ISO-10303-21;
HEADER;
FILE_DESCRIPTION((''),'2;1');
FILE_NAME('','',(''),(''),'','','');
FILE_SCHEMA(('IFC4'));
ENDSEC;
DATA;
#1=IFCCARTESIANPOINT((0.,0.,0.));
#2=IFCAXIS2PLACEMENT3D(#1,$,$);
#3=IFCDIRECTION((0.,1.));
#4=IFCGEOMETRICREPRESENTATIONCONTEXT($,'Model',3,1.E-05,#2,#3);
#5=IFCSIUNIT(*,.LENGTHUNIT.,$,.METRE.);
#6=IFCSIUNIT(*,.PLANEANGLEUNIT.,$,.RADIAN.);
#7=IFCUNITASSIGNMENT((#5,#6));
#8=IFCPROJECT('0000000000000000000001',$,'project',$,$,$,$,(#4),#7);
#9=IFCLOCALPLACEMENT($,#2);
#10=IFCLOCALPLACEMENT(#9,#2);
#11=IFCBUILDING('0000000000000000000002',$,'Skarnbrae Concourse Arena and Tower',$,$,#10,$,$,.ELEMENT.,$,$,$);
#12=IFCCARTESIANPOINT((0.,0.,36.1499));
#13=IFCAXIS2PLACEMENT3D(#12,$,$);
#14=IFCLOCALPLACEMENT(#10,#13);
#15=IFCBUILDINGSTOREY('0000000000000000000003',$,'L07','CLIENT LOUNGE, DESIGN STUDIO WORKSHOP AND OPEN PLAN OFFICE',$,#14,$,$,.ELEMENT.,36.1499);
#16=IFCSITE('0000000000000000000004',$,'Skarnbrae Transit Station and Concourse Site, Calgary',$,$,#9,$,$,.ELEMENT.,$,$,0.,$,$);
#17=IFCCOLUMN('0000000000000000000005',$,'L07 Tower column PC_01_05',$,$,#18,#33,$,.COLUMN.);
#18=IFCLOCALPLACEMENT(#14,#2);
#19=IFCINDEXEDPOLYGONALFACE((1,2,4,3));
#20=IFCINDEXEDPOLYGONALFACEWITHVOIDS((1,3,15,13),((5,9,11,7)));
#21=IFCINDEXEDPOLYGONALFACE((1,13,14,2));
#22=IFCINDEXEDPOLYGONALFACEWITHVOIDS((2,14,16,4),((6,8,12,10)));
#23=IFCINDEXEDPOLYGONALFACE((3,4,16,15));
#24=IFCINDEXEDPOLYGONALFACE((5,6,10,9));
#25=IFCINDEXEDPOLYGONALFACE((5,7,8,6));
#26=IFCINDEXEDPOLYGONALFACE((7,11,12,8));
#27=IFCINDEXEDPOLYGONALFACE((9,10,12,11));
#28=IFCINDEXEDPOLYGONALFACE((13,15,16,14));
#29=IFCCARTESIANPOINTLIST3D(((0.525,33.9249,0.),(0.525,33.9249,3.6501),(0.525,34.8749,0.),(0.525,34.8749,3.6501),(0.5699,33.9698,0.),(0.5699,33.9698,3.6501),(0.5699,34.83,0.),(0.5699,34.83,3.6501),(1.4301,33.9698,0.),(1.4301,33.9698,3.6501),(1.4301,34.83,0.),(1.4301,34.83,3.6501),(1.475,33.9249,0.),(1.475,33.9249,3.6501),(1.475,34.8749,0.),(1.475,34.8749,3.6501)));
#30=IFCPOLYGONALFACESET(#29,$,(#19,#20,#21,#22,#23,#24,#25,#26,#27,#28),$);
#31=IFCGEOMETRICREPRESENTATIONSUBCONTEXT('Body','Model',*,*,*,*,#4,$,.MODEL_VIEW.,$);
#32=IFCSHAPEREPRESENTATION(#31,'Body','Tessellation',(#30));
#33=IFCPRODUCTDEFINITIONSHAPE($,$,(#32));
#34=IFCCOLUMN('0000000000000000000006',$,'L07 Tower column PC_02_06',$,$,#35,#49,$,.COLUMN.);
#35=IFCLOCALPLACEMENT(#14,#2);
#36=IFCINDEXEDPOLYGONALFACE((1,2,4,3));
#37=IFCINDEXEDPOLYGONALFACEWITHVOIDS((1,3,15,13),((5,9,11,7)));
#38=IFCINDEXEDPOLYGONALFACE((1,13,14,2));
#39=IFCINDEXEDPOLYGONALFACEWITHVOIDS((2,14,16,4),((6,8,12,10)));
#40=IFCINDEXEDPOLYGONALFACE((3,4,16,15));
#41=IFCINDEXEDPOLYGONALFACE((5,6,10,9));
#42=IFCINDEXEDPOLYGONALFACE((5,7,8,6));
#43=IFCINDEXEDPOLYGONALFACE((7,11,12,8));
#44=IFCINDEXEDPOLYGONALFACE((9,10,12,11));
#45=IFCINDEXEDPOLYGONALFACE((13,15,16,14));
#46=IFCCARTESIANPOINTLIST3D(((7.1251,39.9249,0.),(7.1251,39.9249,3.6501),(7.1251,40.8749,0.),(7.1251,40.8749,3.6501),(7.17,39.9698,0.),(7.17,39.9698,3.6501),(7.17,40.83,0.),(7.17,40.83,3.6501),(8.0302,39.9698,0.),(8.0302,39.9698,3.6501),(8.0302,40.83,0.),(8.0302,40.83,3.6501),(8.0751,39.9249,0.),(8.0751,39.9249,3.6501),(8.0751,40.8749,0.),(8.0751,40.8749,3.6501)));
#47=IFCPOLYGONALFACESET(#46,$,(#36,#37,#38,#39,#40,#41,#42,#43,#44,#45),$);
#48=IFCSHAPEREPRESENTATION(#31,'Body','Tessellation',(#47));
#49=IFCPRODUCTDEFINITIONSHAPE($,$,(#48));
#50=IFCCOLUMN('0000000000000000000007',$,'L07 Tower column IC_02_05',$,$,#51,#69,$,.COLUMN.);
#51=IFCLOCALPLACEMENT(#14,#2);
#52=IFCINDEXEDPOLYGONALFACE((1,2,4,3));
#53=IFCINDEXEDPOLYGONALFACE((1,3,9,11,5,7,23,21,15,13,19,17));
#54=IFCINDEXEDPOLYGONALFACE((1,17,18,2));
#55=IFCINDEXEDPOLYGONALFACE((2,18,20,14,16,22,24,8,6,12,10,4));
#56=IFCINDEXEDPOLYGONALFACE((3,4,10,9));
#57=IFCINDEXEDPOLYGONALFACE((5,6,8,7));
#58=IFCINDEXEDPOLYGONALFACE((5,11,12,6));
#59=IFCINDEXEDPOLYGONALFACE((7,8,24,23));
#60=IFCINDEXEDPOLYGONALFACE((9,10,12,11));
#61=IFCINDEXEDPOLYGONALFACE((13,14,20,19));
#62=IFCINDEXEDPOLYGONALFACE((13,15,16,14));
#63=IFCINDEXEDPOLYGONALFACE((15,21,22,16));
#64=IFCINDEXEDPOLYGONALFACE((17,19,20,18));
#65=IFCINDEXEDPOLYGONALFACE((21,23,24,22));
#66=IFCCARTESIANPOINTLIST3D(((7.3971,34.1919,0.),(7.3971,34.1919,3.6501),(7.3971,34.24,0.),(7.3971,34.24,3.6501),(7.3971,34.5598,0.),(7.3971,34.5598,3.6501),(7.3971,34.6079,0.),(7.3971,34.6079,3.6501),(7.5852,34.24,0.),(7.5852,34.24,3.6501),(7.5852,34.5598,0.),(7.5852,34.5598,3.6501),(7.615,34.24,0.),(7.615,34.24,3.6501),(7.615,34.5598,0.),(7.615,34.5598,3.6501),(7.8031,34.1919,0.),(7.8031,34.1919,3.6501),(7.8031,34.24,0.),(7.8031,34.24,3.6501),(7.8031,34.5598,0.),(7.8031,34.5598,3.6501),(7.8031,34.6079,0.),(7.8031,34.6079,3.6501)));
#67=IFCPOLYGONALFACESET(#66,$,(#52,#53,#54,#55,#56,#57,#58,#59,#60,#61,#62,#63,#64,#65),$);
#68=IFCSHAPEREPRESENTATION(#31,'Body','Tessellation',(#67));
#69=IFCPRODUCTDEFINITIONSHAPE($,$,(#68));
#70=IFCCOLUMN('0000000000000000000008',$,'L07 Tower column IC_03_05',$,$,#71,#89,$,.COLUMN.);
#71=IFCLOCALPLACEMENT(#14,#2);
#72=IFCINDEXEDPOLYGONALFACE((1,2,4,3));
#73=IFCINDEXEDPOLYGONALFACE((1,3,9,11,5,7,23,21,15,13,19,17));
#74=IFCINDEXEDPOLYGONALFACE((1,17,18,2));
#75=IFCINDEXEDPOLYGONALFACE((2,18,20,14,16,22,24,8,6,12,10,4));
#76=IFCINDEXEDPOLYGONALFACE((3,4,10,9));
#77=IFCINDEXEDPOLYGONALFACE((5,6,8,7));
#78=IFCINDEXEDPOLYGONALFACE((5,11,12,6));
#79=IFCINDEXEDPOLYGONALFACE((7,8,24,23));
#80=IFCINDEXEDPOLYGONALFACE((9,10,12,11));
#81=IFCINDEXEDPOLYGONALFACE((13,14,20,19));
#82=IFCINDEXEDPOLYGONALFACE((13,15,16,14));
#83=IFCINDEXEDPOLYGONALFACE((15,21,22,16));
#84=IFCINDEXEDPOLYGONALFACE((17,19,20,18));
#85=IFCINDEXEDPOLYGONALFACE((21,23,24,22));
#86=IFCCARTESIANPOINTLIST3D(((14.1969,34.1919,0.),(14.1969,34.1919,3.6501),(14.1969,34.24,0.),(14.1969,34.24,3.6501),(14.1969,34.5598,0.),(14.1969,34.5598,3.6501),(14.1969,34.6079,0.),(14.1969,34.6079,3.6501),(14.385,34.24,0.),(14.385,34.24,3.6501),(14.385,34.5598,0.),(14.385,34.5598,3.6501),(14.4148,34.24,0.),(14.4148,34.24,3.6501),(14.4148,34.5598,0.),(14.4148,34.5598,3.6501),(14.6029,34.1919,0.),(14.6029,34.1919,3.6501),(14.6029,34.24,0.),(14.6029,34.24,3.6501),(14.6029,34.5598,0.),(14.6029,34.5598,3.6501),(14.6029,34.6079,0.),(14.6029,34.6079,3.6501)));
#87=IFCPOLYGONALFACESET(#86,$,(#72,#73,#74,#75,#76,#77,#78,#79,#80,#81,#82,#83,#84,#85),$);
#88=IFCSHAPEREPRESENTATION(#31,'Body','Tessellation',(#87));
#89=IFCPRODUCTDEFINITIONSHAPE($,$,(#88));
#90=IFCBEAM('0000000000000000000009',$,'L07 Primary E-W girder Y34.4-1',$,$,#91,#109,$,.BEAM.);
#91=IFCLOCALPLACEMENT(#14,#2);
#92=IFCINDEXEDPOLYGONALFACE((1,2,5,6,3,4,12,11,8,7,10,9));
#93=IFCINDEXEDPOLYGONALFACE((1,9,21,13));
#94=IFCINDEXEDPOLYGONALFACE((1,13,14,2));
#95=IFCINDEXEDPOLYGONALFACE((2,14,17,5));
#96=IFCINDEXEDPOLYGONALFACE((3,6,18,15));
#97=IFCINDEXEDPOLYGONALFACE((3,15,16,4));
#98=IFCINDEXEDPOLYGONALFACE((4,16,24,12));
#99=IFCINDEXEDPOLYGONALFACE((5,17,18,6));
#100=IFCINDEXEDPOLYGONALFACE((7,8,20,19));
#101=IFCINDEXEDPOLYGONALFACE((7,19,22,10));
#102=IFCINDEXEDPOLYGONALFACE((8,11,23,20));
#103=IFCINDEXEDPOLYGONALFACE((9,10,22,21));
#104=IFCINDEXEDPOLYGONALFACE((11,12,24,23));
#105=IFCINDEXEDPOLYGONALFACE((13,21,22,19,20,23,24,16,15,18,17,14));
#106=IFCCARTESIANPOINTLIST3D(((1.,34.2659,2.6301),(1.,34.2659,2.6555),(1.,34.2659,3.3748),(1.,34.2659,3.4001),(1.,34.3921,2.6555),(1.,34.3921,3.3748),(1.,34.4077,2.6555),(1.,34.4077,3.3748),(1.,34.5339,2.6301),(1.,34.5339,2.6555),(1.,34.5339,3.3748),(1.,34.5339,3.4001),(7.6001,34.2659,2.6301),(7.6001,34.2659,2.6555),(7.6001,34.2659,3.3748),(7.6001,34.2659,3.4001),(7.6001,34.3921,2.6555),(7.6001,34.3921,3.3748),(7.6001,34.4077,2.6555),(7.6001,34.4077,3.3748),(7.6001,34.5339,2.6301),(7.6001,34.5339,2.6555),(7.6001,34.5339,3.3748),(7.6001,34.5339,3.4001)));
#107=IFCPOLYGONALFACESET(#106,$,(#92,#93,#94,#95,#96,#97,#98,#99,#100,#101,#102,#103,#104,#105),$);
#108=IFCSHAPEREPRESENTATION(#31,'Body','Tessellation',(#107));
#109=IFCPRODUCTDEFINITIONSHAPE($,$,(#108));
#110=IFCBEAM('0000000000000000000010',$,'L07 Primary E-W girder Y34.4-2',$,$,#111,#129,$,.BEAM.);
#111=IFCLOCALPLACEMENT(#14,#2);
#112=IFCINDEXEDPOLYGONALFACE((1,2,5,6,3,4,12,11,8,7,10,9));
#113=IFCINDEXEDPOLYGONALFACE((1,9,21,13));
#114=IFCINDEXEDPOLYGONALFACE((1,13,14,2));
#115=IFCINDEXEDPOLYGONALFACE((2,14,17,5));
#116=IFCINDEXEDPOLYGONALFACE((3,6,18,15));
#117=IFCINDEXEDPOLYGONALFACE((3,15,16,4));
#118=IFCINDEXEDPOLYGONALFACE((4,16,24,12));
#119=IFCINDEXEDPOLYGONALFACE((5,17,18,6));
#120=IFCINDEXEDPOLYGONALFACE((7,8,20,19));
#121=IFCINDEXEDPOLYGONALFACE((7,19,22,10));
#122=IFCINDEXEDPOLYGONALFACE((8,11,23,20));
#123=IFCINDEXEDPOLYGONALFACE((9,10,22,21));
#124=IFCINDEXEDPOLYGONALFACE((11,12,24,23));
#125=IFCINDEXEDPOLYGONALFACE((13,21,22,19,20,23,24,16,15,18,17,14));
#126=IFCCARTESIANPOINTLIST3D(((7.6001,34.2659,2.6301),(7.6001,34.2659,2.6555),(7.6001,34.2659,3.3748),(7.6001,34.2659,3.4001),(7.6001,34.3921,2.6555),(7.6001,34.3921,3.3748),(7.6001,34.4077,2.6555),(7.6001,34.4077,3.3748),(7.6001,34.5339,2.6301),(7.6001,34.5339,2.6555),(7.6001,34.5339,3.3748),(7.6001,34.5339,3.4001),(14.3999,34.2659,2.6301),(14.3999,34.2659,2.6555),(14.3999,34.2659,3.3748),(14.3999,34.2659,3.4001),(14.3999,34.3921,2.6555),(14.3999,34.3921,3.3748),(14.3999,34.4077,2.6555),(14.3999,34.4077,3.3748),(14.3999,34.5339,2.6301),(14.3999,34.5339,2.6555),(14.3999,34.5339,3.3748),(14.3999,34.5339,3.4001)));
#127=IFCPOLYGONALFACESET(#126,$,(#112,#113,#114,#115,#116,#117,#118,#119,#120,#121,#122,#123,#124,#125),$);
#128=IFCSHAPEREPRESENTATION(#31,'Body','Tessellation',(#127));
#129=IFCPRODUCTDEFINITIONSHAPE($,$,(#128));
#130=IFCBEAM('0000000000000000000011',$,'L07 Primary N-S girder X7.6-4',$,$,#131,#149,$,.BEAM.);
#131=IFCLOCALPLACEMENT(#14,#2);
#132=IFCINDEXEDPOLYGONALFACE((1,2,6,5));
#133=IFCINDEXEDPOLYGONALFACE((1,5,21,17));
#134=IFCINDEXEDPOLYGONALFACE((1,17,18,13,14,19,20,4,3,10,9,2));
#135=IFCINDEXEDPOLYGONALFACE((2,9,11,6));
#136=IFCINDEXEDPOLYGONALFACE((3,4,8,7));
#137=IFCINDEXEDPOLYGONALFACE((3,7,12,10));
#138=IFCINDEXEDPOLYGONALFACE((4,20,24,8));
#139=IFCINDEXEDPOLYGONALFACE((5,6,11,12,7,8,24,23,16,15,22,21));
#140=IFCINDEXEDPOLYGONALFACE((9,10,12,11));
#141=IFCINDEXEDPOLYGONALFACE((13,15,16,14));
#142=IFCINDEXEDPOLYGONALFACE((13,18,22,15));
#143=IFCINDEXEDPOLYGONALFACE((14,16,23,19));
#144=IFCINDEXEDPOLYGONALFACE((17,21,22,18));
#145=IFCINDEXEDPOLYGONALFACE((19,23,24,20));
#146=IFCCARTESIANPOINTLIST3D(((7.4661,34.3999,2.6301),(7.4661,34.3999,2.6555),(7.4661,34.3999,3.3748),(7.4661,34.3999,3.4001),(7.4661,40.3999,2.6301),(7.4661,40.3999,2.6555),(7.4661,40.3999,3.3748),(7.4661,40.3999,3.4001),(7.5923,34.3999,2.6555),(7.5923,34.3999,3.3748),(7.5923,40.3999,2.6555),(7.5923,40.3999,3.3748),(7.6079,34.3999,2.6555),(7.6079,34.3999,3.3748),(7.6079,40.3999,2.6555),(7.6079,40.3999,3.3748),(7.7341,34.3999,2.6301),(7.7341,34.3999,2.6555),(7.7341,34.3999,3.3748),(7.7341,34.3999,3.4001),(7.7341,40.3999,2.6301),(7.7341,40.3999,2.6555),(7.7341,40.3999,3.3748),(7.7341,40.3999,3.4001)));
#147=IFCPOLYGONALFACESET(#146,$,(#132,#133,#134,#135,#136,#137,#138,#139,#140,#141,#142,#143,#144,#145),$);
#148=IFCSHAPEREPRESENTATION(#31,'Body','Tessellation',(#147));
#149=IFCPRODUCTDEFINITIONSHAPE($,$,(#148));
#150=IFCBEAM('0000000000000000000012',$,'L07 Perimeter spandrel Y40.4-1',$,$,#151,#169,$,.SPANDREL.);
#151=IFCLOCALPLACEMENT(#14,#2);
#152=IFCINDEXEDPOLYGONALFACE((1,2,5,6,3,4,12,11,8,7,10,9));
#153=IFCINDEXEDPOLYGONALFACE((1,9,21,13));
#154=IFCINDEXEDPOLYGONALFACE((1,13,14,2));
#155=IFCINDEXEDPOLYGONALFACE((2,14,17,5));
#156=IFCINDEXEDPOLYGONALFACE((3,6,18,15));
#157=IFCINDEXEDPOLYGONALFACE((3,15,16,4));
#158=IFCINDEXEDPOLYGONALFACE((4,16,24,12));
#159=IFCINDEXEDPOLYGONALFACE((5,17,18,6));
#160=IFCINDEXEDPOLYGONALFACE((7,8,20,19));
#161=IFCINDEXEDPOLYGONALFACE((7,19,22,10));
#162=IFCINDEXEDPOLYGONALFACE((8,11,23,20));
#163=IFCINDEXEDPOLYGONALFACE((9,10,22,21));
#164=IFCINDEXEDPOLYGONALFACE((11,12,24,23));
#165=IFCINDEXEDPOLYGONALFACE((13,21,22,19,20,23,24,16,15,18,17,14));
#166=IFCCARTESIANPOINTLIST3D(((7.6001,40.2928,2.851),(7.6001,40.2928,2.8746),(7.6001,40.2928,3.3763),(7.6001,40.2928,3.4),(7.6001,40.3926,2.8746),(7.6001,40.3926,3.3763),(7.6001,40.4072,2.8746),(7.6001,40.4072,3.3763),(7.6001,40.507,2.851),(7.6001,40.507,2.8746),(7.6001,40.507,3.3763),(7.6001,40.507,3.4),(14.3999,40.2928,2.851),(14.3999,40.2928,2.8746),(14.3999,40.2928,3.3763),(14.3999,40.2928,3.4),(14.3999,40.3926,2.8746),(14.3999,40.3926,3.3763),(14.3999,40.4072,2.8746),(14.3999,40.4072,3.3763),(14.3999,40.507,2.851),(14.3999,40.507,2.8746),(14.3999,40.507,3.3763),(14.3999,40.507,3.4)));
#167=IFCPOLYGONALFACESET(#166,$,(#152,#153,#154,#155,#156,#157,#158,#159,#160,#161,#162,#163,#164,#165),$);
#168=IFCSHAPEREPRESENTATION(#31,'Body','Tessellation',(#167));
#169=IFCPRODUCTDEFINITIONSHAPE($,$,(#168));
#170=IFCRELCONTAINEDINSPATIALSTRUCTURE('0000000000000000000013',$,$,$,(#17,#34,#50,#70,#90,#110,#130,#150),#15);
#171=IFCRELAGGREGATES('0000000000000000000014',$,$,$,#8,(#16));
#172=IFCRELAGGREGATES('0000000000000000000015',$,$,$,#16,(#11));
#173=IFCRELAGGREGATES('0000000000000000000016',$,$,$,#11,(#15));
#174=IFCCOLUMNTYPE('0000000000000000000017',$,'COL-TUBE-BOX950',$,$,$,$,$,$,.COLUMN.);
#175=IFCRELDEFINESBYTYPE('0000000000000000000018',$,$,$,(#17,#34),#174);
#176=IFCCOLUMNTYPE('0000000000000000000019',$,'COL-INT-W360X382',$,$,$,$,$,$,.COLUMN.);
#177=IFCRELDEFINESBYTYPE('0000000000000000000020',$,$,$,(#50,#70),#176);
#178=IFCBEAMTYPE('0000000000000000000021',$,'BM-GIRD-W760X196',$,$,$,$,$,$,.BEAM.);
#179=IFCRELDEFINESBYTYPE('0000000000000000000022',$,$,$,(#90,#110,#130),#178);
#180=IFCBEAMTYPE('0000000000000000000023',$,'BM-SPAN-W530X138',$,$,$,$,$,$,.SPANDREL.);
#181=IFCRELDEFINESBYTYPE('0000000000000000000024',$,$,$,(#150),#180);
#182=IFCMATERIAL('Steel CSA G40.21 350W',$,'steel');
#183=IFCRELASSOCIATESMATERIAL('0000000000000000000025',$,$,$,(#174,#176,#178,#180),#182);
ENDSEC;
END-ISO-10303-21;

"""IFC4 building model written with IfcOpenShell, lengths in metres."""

from ifc_helpers import new_model, si_unit, direction, frame, origin, origin_2d, place, context, subcontext, project, spatial, hollow_rectangle, i_section, extrude, source, transform, mapped, material, material_profile, profile_set, type_object, element, save


model = new_model("IFC4")

# Units and contexts
model_context = context("Model", 3, precision=1e-05, world=origin(), true_north=direction((0.0, 1.0)))
body_context = subcontext(model_context, "Body", "Model", "MODEL_VIEW")
ifc_project = project(units=[si_unit("LENGTHUNIT", "METRE"), si_unit("PLANEANGLEUNIT", "RADIAN")], contexts=[model_context])

# Site, building, storey
site_placement = place(None, origin())
site = spatial("IfcSite", under=ifc_project, at=site_placement, Name="Skarnbrae Transit Station and Concourse Site, Calgary", CompositionType="ELEMENT", RefElevation=0.0)
building_placement = place(site_placement, origin())
building = spatial("IfcBuilding", under=site, at=building_placement, Name="Skarnbrae Concourse Arena and Tower", CompositionType="ELEMENT")
storey_placement = place(building_placement, frame((0.0, 0.0, 36.1499)))
storey = spatial("IfcBuildingStorey", under=building, at=storey_placement, Name="L07", Description="CLIENT LOUNGE, DESIGN STUDIO WORKSHOP AND OPEN PLAN OFFICE", CompositionType="ELEMENT", Elevation=36.1499)

# Columns
ifc_material_1 = material(Name="Steel CSA G40.21 350W", Category="steel")
ifc_material_profile_1 = material_profile(ifc_material_1, hollow_rectangle(XDim=0.95, YDim=0.95, WallThickness=0.0449, at=origin_2d()), Name="BOX950X950X45")
ifc_profile_set_1 = profile_set([ifc_material_profile_1], Name="Steel CSA G40.21 350W")
column_type_1 = type_object("IfcColumnType", Name="COL-TUBE-BOX950", PredefinedType="COLUMN", material=ifc_profile_set_1)
shared_shape_1 = source(origin(), body_context, "Body", "SweptSolid", [
    extrude(hollow_rectangle(XDim=0.95, YDim=0.95, WallThickness=0.0449, at=origin_2d()), origin(), (0.0, 0.0, 1.0), 3.6501),
])
for number, where, z_axis, x_axis, name in (
    (1, (1.0, 34.3999, 0.0), (0.0, 0.0, 1.0), (1.0, 0.0, 0.0), "L07 Tower column PC_01_05"),
    (2, (7.6001, 40.3999, 0.0), (0.0, 0.0, 1.0), (1.0, 0.0, 0.0), "L07 Tower column PC_02_06"),
):
    element("IfcColumn", number, at=place(storey_placement, frame(where, z_axis=z_axis, x_axis=x_axis)), inside=storey, type_object=column_type_1, Name=name, PredefinedType="COLUMN", context=body_context, shape_type="MappedRepresentation", body=[
        mapped(shared_shape_1, transform((0.0, 0.0, 0.0))),
    ])
ifc_material_profile_2 = material_profile(ifc_material_1, i_section(OverallWidth=0.406, OverallDepth=0.416, WebThickness=0.0298, FlangeThickness=0.0481, at=origin_2d()), Name="W360X382")
ifc_profile_set_2 = profile_set([ifc_material_profile_2], Name="Steel CSA G40.21 350W")
column_type_2 = type_object("IfcColumnType", Name="COL-INT-W360X382", PredefinedType="COLUMN", material=ifc_profile_set_2)
shared_shape_2 = source(origin(), body_context, "Body", "SweptSolid", [
    extrude(i_section(OverallWidth=0.406, OverallDepth=0.416, WebThickness=0.0298, FlangeThickness=0.0481, at=origin_2d()), origin(), (0.0, 0.0, 1.0), 3.6501),
])
for number, where, z_axis, x_axis, name in (
    (3, (7.6001, 34.3999, 0.0), (0.0, 0.0, 1.0), (1.0, 0.0, 0.0), "L07 Tower column IC_02_05"),
    (4, (14.3999, 34.3999, 0.0), (0.0, 0.0, 1.0), (1.0, 0.0, 0.0), "L07 Tower column IC_03_05"),
):
    element("IfcColumn", number, at=place(storey_placement, frame(where, z_axis=z_axis, x_axis=x_axis)), inside=storey, type_object=column_type_2, Name=name, PredefinedType="COLUMN", context=body_context, shape_type="MappedRepresentation", body=[
        mapped(shared_shape_2, transform((0.0, 0.0, 0.0))),
    ])

# Beams
ifc_material_profile_3 = material_profile(ifc_material_1, i_section(OverallWidth=0.2681, OverallDepth=0.77, WebThickness=0.0156, FlangeThickness=0.0254, at=origin_2d()), Name="W760X196")
ifc_profile_set_3 = profile_set([ifc_material_profile_3], Name="Steel CSA G40.21 350W")
beam_type_1 = type_object("IfcBeamType", Name="BM-GIRD-W760X196", PredefinedType="BEAM", material=ifc_profile_set_3)
shared_shape_3 = source(origin(), body_context, "Body", "SweptSolid", [
    extrude(i_section(OverallWidth=0.2681, OverallDepth=0.77, WebThickness=0.0156, FlangeThickness=0.0254, at=origin_2d()), origin(), (0.0, 0.0, 1.0), 6.6001),
])
beam_1_placement = place(storey_placement, frame((1.0, 34.3999, 3.0151), z_axis=(1.0, 0.0, 0.0), x_axis=(0.0, 1.0, 0.0)))
element("IfcBeam", 5, at=beam_1_placement, inside=storey, type_object=beam_type_1, Name="L07 Primary E-W girder Y34.4-1", PredefinedType="BEAM", context=body_context, shape_type="MappedRepresentation", body=[
    mapped(shared_shape_3, transform((0.0, 0.0, 0.0))),
])
shared_shape_4 = source(origin(), body_context, "Body", "SweptSolid", [
    extrude(i_section(OverallWidth=0.2681, OverallDepth=0.77, WebThickness=0.0156, FlangeThickness=0.0254, at=origin_2d()), origin(), (0.0, 0.0, 1.0), 6.7998),
])
beam_2_placement = place(storey_placement, frame((7.6001, 34.3999, 3.0151), z_axis=(1.0, 0.0, 0.0), x_axis=(0.0, 1.0, 0.0)))
element("IfcBeam", 6, at=beam_2_placement, inside=storey, type_object=beam_type_1, Name="L07 Primary E-W girder Y34.4-2", PredefinedType="BEAM", context=body_context, shape_type="MappedRepresentation", body=[
    mapped(shared_shape_4, transform((0.0, 0.0, 0.0))),
])
shared_shape_5 = source(origin(), body_context, "Body", "SweptSolid", [
    extrude(i_section(OverallWidth=0.2681, OverallDepth=0.77, WebThickness=0.0156, FlangeThickness=0.0254, at=origin_2d()), origin(), (0.0, 0.0, 1.0), 6.0),
])
beam_3_placement = place(storey_placement, frame((7.6001, 34.3999, 3.0151), z_axis=(0.0, 1.0, 0.0), x_axis=(-1.0, 0.0, 0.0)))
element("IfcBeam", 7, at=beam_3_placement, inside=storey, type_object=beam_type_1, Name="L07 Primary N-S girder X7.6-4", PredefinedType="BEAM", context=body_context, shape_type="MappedRepresentation", body=[
    mapped(shared_shape_5, transform((0.0, 0.0, 0.0))),
])
ifc_material_profile_4 = material_profile(ifc_material_1, i_section(OverallWidth=0.2141, OverallDepth=0.5491, WebThickness=0.0146, FlangeThickness=0.0237, at=origin_2d()), Name="W530X138")
ifc_profile_set_4 = profile_set([ifc_material_profile_4], Name="Steel CSA G40.21 350W")
beam_type_2 = type_object("IfcBeamType", Name="BM-SPAN-W530X138", PredefinedType="SPANDREL", material=ifc_profile_set_4)
shared_shape_6 = source(origin(), body_context, "Body", "SweptSolid", [
    extrude(i_section(OverallWidth=0.2141, OverallDepth=0.5491, WebThickness=0.0146, FlangeThickness=0.0237, at=origin_2d()), origin(), (0.0, 0.0, 1.0), 6.7998),
])
beam_4_placement = place(storey_placement, frame((7.6001, 40.3999, 3.1255), z_axis=(1.0, 0.0, 0.0), x_axis=(0.0, 1.0, 0.0)))
element("IfcBeam", 8, at=beam_4_placement, inside=storey, type_object=beam_type_2, Name="L07 Perimeter spandrel Y40.4-1", PredefinedType="SPANDREL", context=body_context, shape_type="MappedRepresentation", body=[
    mapped(shared_shape_6, transform((0.0, 0.0, 0.0))),
])

save(model, "model.ifc")
